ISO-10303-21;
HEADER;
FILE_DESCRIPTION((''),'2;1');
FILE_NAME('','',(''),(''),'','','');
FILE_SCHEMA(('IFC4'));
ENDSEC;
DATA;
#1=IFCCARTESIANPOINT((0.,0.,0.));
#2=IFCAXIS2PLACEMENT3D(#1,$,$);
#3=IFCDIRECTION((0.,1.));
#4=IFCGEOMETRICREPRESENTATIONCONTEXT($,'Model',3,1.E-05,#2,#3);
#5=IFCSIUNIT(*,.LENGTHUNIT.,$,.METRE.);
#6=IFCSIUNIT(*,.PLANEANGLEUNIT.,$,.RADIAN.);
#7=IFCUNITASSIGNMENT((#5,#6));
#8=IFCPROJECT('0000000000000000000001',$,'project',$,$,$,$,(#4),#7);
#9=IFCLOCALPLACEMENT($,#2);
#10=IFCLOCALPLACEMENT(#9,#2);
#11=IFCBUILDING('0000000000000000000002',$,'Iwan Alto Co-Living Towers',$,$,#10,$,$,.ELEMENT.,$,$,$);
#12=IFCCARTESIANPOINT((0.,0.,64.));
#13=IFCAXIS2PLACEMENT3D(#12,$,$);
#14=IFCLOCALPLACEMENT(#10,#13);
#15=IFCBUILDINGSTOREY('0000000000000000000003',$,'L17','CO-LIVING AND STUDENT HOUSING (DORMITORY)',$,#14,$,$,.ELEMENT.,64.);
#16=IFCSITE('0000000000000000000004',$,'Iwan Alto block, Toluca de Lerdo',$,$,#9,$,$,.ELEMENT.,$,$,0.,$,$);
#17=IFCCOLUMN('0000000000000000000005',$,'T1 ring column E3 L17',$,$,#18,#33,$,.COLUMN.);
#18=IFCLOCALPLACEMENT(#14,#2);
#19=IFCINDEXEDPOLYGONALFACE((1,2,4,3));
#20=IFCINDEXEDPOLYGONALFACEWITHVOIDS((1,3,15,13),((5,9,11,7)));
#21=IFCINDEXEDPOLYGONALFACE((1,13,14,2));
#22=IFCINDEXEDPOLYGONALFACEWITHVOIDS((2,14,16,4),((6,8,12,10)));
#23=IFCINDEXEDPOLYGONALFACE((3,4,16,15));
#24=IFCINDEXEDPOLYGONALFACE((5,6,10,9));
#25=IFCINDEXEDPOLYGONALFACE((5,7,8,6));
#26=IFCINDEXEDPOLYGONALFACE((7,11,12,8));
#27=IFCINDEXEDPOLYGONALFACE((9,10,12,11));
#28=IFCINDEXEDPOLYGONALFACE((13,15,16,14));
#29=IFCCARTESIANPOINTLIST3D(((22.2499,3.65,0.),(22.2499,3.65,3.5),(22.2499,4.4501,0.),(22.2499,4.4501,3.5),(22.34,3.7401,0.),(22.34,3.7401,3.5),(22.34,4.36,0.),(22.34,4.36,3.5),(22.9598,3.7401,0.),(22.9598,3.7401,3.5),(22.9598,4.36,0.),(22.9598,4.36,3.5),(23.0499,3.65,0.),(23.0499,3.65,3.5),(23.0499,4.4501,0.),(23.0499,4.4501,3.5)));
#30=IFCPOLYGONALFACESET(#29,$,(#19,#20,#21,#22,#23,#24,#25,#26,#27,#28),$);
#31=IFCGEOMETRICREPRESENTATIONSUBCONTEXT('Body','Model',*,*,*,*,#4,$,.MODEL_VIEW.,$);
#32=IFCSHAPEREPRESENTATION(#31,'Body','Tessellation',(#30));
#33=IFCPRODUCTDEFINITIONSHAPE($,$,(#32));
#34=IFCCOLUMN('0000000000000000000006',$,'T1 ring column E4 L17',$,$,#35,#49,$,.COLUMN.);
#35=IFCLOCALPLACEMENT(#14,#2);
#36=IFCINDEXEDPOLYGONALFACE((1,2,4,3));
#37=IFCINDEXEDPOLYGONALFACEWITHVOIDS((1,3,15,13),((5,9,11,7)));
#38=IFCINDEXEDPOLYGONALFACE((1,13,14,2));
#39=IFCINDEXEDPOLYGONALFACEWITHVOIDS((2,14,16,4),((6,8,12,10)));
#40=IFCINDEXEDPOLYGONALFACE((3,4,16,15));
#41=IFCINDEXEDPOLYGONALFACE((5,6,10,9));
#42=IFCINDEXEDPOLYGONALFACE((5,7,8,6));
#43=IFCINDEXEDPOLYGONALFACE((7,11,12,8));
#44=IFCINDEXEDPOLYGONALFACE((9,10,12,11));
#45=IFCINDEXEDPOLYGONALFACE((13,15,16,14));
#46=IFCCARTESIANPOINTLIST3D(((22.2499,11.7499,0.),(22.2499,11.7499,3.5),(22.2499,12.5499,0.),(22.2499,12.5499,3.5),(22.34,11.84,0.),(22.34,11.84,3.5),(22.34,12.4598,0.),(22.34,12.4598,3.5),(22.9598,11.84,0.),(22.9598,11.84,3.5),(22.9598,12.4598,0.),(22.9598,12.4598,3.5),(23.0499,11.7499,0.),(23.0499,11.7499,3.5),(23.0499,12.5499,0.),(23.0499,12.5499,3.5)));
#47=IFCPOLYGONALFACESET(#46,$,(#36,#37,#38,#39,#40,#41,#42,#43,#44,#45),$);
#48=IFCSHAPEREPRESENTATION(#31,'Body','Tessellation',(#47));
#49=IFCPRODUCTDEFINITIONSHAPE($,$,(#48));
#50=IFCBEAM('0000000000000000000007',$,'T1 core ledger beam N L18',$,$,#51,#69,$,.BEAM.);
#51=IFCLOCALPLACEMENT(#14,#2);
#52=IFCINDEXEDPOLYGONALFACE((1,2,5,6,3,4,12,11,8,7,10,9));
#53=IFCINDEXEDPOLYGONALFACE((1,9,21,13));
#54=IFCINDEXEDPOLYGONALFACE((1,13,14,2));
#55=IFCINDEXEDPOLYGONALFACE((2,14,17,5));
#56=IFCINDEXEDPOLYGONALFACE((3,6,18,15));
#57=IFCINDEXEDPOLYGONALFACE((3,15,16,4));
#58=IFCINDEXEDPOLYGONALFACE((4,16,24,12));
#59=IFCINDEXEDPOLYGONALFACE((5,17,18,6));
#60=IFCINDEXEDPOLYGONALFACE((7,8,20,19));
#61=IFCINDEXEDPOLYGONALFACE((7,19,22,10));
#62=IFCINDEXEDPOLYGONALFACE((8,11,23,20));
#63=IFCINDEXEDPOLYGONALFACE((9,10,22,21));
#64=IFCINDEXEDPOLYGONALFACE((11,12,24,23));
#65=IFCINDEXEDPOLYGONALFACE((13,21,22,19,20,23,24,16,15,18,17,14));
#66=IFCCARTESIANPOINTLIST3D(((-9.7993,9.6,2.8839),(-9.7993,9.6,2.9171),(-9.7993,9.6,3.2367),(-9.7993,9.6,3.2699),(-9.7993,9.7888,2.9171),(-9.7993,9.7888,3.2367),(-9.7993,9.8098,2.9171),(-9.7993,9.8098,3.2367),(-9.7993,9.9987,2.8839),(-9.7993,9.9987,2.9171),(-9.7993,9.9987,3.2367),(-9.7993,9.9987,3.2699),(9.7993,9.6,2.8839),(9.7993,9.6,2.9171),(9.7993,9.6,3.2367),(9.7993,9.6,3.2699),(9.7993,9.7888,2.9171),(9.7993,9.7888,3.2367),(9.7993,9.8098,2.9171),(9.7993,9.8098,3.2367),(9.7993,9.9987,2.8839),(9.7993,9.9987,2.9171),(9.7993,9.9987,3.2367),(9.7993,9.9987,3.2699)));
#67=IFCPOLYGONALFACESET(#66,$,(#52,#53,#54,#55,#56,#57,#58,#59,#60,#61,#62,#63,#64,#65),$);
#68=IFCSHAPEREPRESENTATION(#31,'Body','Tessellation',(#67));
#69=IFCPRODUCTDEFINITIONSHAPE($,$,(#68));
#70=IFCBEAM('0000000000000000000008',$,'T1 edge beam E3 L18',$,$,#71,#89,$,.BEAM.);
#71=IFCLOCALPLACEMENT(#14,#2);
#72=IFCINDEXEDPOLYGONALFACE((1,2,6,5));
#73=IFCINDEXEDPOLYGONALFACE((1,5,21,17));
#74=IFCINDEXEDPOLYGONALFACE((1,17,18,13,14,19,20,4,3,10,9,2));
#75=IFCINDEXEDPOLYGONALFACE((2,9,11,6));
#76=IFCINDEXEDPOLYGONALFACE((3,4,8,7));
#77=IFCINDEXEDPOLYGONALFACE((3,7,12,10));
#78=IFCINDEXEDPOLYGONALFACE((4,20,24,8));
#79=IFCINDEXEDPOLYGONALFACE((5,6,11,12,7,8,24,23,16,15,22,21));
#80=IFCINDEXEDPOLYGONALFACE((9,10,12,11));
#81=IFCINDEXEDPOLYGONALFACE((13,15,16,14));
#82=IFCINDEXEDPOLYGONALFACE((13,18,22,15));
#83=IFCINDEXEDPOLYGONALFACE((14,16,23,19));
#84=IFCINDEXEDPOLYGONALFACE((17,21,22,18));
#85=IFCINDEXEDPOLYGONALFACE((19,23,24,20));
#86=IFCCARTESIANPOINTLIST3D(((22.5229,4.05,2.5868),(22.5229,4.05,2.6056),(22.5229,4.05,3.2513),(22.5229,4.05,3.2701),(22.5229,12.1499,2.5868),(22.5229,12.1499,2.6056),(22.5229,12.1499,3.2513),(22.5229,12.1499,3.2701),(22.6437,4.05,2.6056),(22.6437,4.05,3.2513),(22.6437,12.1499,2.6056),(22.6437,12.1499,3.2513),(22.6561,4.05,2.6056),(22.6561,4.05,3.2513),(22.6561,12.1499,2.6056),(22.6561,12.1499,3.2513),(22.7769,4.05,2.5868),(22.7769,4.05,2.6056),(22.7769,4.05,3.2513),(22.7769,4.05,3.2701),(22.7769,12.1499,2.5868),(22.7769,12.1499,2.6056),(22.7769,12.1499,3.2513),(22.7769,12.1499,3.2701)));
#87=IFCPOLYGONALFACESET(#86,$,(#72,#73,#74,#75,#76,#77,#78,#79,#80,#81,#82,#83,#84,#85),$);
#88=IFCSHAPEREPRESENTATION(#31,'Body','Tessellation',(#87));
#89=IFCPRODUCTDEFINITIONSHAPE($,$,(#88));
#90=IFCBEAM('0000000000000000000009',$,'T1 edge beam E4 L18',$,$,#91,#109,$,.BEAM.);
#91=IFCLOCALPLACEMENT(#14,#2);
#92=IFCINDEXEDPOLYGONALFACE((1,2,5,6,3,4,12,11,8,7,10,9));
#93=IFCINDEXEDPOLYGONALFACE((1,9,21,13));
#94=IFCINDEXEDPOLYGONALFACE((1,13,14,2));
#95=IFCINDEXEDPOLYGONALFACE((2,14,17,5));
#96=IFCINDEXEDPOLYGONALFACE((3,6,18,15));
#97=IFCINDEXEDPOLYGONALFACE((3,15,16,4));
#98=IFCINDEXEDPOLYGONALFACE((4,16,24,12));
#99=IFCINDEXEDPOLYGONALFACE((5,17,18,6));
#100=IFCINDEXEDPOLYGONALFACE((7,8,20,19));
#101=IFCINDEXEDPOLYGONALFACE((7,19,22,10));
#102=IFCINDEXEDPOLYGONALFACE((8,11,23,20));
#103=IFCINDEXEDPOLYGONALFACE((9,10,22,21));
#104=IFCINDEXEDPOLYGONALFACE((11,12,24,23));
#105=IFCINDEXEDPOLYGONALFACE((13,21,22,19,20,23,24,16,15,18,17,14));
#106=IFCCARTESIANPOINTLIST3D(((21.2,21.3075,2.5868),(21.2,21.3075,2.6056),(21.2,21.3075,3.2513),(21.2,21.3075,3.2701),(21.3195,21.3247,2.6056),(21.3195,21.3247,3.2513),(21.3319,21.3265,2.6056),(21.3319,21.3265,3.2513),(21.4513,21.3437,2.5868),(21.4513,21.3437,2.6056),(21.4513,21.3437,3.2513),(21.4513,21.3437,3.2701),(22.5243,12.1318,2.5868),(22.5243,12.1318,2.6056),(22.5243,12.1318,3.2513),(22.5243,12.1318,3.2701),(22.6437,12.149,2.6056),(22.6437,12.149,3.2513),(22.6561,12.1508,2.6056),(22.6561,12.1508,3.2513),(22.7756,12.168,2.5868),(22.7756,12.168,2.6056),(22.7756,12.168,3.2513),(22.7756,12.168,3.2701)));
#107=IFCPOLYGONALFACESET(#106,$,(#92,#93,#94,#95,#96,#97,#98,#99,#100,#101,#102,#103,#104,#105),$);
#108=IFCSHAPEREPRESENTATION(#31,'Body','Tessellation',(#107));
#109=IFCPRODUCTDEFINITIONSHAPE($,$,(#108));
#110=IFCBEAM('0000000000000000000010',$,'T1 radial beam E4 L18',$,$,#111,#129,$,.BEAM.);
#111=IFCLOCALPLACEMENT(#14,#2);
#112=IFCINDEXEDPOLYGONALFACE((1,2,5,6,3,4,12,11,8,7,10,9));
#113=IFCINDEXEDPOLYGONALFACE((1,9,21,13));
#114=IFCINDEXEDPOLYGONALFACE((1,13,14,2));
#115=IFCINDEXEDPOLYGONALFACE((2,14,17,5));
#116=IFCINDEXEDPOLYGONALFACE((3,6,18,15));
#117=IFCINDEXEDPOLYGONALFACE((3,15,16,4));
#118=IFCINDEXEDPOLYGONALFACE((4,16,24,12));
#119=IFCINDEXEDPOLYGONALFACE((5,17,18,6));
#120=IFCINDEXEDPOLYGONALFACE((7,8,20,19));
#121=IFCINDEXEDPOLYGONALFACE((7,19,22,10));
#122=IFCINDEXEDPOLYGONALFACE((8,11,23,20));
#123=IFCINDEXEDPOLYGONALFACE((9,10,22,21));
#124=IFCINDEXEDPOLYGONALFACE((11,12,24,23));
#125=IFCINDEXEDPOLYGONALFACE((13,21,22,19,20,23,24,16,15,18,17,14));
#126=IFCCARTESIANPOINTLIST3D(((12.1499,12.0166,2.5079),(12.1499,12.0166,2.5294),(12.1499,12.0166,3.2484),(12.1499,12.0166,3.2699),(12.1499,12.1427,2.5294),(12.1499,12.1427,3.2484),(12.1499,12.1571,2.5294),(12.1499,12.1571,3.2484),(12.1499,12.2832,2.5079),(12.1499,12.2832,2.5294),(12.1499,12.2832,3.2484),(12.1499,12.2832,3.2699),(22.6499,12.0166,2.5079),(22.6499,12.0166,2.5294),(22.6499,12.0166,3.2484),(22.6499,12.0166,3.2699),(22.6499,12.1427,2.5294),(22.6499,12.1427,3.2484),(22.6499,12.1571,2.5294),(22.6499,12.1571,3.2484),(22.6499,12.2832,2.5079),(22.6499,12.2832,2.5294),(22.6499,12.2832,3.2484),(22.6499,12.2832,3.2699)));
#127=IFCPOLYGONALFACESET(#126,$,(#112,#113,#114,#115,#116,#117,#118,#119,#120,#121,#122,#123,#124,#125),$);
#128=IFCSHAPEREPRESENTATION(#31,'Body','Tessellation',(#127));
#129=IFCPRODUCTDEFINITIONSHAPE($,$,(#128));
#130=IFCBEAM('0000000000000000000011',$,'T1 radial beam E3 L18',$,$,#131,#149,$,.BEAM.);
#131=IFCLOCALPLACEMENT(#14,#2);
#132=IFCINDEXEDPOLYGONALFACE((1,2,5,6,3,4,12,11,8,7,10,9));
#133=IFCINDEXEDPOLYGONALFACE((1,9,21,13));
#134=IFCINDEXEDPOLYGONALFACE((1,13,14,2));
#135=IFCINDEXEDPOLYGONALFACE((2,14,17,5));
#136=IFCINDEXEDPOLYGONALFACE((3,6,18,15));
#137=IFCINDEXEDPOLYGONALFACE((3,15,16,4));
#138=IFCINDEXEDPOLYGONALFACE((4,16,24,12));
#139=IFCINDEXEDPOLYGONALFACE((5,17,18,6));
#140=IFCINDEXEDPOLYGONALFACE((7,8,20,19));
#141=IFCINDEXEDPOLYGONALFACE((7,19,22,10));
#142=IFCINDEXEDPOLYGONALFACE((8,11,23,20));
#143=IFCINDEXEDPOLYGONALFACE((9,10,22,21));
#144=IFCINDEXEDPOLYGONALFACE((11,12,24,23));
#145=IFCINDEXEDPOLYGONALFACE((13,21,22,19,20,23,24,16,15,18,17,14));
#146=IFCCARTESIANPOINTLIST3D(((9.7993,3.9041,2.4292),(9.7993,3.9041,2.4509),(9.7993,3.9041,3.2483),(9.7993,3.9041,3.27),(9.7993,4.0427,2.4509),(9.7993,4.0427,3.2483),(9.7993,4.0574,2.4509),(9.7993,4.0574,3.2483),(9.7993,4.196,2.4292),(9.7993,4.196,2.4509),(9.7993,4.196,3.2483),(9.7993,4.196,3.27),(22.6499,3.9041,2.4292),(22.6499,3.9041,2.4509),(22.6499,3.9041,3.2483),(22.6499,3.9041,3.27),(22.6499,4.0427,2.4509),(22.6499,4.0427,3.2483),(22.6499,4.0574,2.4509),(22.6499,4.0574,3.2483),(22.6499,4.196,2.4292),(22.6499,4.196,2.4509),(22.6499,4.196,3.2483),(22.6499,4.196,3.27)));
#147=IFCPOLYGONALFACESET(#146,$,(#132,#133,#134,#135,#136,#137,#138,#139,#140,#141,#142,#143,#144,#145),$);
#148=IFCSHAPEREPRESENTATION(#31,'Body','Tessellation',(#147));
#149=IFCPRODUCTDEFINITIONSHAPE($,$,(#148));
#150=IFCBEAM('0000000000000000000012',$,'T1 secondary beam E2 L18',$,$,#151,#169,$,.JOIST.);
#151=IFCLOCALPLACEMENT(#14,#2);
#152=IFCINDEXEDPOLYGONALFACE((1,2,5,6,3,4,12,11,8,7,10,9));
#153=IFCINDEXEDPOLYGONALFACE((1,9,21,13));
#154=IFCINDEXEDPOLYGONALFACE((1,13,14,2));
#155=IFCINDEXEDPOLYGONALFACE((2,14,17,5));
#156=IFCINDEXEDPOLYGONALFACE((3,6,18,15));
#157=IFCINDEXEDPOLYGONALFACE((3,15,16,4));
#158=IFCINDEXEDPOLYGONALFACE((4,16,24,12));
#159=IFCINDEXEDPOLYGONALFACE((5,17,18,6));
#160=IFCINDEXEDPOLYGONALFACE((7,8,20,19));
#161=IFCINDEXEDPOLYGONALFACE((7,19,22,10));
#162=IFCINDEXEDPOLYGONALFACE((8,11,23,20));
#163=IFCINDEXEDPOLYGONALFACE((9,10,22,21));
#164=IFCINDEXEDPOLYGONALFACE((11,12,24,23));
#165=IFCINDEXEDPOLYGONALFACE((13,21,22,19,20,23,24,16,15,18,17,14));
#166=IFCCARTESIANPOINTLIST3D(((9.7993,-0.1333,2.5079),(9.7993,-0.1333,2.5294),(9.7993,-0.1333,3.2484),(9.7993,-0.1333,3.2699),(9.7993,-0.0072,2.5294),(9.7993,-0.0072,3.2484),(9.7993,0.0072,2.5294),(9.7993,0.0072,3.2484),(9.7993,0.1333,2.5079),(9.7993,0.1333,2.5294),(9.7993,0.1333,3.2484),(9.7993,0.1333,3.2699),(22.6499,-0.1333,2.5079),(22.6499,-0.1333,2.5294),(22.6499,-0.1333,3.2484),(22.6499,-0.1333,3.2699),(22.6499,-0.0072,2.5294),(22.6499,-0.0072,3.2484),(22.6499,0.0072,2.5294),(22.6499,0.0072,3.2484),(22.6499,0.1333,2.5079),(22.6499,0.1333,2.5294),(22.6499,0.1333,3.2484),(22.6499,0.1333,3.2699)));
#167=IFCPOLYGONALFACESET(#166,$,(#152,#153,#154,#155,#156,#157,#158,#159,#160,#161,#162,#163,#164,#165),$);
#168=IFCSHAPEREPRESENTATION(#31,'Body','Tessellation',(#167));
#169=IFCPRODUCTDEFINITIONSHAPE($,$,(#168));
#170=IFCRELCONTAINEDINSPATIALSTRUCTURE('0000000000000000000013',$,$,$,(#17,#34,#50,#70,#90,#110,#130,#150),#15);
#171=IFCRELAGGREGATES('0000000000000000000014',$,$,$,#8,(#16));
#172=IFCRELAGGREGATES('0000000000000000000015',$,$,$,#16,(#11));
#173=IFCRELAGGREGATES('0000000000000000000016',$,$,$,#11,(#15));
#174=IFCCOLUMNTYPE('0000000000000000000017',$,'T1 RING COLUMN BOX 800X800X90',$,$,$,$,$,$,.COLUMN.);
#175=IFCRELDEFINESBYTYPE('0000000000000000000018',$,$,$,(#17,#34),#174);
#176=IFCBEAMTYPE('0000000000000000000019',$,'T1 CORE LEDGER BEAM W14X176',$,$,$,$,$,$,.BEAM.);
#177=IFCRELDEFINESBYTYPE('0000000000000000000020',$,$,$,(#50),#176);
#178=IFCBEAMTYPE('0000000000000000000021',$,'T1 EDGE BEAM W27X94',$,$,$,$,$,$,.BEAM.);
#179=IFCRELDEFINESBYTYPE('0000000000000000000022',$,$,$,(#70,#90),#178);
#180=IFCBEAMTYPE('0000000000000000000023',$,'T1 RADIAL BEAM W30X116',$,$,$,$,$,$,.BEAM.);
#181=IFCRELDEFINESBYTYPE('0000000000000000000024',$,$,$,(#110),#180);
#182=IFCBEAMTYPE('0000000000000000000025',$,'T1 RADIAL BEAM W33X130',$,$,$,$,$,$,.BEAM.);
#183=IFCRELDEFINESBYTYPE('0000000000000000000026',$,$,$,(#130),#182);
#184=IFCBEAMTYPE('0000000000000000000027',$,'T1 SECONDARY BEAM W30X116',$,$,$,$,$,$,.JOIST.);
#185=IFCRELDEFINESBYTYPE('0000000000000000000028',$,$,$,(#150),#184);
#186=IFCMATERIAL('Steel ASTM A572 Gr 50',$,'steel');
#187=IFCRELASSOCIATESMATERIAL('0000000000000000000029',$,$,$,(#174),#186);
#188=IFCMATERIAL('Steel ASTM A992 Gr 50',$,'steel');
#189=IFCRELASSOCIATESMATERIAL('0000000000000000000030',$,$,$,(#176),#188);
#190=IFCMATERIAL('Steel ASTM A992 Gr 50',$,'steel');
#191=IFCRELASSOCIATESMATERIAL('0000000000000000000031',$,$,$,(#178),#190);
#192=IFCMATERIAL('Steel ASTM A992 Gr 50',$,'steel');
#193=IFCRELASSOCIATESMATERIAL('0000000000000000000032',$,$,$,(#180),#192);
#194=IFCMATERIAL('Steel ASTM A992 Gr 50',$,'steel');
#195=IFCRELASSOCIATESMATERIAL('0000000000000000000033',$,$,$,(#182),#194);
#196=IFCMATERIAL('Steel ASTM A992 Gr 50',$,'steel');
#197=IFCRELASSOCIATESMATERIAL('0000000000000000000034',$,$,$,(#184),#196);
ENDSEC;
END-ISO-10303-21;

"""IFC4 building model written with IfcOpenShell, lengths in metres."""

from ifc_helpers import new_model, si_unit, direction, frame, origin, origin_2d, place, context, subcontext, project, spatial, hollow_rectangle, i_section, extrude, material, material_profile, profile_set, type_object, element, save


model = new_model("IFC4")

# Units and contexts
model_context = context("Model", 3, precision=1e-05, world=origin(), true_north=direction((0.0, 1.0)))
body_context = subcontext(model_context, "Body", "Model", "MODEL_VIEW")
ifc_project = project(units=[si_unit("LENGTHUNIT", "METRE"), si_unit("PLANEANGLEUNIT", "RADIAN")], contexts=[model_context])

# Site, building, storey
site_placement = place(None, origin())
site = spatial("IfcSite", under=ifc_project, at=site_placement, Name="Iwan Alto block, Toluca de Lerdo", CompositionType="ELEMENT", RefElevation=0.0)
building_placement = place(site_placement, origin())
building = spatial("IfcBuilding", under=site, at=building_placement, Name="Iwan Alto Co-Living Towers", CompositionType="ELEMENT")
storey_placement = place(building_placement, frame((0.0, 0.0, 64.0)))
storey = spatial("IfcBuildingStorey", under=building, at=storey_placement, Name="L17", Description="CO-LIVING AND STUDENT HOUSING (DORMITORY)", CompositionType="ELEMENT", Elevation=64.0)

# Columns
ifc_material_1 = material(Name="Steel ASTM A572 Gr 50", Category="steel")
ifc_material_profile_1 = material_profile(ifc_material_1, hollow_rectangle(XDim=0.8, YDim=0.8, WallThickness=0.0901, at=origin_2d()), Name="BOX 800X800X90")
ifc_profile_set_1 = profile_set([ifc_material_profile_1], Name="Steel ASTM A572 Gr 50")
column_type = type_object("IfcColumnType", Name="T1 RING COLUMN BOX 800X800X90", PredefinedType="COLUMN", material=ifc_profile_set_1)
for number, where, z_axis, x_axis, name in (
    (1, (22.6499, 4.05, 0.0), (0.0, 0.0, 1.0), (1.0, 0.0, 0.0), "T1 ring column E3 L17"),
    (2, (22.6499, 12.1499, 0.0), (0.0, 0.0, 1.0), (1.0, 0.0, 0.0), "T1 ring column E4 L17"),
):
    element("IfcColumn", number, at=place(storey_placement, frame(where, z_axis=z_axis, x_axis=x_axis)), inside=storey, type_object=column_type, Name=name, PredefinedType="COLUMN", context=body_context, shape_type="SweptSolid", body=[
        extrude(hollow_rectangle(XDim=0.8, YDim=0.8, WallThickness=0.0901, at=origin_2d()), origin(), (0.0, 0.0, 1.0), 3.5),
    ])

# Beams
ifc_material_2 = material(Name="Steel ASTM A992 Gr 50", Category="steel")
ifc_material_profile_2 = material_profile(ifc_material_2, i_section(OverallWidth=0.3987, OverallDepth=0.386, WebThickness=0.021, FlangeThickness=0.0332, at=origin_2d()), Name="W14X176")
ifc_profile_set_2 = profile_set([ifc_material_profile_2], Name="Steel ASTM A992 Gr 50")
beam_type_1 = type_object("IfcBeamType", Name="T1 CORE LEDGER BEAM W14X176", PredefinedType="BEAM", material=ifc_profile_set_2)
beam_1_placement = place(storey_placement, frame((9.7993, 9.7993, 3.0769), z_axis=(-1.0, 0.0, 0.0), x_axis=(0.0, -1.0, 0.0)))
element("IfcBeam", 3, at=beam_1_placement, inside=storey, type_object=beam_type_1, Name="T1 core ledger beam N L18", PredefinedType="BEAM", context=body_context, shape_type="SweptSolid", body=[
    extrude(i_section(OverallWidth=0.3987, OverallDepth=0.386, WebThickness=0.021, FlangeThickness=0.0332, at=origin_2d()), origin(), (0.0, 0.0, 1.0), 19.5986),
])
ifc_material_3 = material(Name="Steel ASTM A992 Gr 50", Category="steel")
ifc_material_profile_3 = material_profile(ifc_material_3, i_section(OverallWidth=0.2539, OverallDepth=0.6833, WebThickness=0.0125, FlangeThickness=0.0188, at=origin_2d()), Name="W27X94")
ifc_profile_set_3 = profile_set([ifc_material_profile_3], Name="Steel ASTM A992 Gr 50")
beam_type_2 = type_object("IfcBeamType", Name="T1 EDGE BEAM W27X94", PredefinedType="BEAM", material=ifc_profile_set_3)
beam_2_placement = place(storey_placement, frame((22.6499, 4.05, 2.9285), z_axis=(0.0, 1.0, 0.0), x_axis=(-1.0, 0.0, 0.0)))
element("IfcBeam", 4, at=beam_2_placement, inside=storey, type_object=beam_type_2, Name="T1 edge beam E3 L18", PredefinedType="BEAM", context=body_context, shape_type="SweptSolid", body=[
    extrude(i_section(OverallWidth=0.2539, OverallDepth=0.6833, WebThickness=0.0125, FlangeThickness=0.0188, at=origin_2d()), origin(), (0.0, 0.0, 1.0), 8.0999),
])
beam_3_placement = place(storey_placement, frame((22.6499, 12.1499, 2.9285), z_axis=(-0.142837, 0.989746, 0.0), x_axis=(-0.989746, -0.142837, 0.0)))
element("IfcBeam", 5, at=beam_3_placement, inside=storey, type_object=beam_type_2, Name="T1 edge beam E4 L18", PredefinedType="BEAM", context=body_context, shape_type="SweptSolid", body=[
    extrude(i_section(OverallWidth=0.2539, OverallDepth=0.6833, WebThickness=0.0125, FlangeThickness=0.0188, at=origin_2d()), origin(), (0.0, 0.0, 1.0), 9.2708),
])
ifc_material_4 = material(Name="Steel ASTM A992 Gr 50", Category="steel")
ifc_material_profile_4 = material_profile(ifc_material_4, i_section(OverallWidth=0.2666, OverallDepth=0.762, WebThickness=0.0144, FlangeThickness=0.0215, at=origin_2d()), Name="W30X116")
ifc_profile_set_4 = profile_set([ifc_material_profile_4], Name="Steel ASTM A992 Gr 50")
beam_type_3 = type_object("IfcBeamType", Name="T1 RADIAL BEAM W30X116", PredefinedType="BEAM", material=ifc_profile_set_4)
beam_4_placement = place(storey_placement, frame((22.6499, 12.1499, 2.8889), z_axis=(-1.0, 0.0, 0.0), x_axis=(0.0, -1.0, 0.0)))
element("IfcBeam", 6, at=beam_4_placement, inside=storey, type_object=beam_type_3, Name="T1 radial beam E4 L18", PredefinedType="BEAM", context=body_context, shape_type="SweptSolid", body=[
    extrude(i_section(OverallWidth=0.2666, OverallDepth=0.762, WebThickness=0.0144, FlangeThickness=0.0215, at=origin_2d()), origin(), (0.0, 0.0, 1.0), 10.5),
])
ifc_material_5 = material(Name="Steel ASTM A992 Gr 50", Category="steel")
ifc_material_profile_5 = material_profile(ifc_material_5, i_section(OverallWidth=0.292, OverallDepth=0.8408, WebThickness=0.0146, FlangeThickness=0.0217, at=origin_2d()), Name="W33X130")
ifc_profile_set_5 = profile_set([ifc_material_profile_5], Name="Steel ASTM A992 Gr 50")
beam_type_4 = type_object("IfcBeamType", Name="T1 RADIAL BEAM W33X130", PredefinedType="BEAM", material=ifc_profile_set_5)
beam_5_placement = place(storey_placement, frame((22.6499, 4.05, 2.8496), z_axis=(-1.0, 0.0, 0.0), x_axis=(0.0, -1.0, 0.0)))
element("IfcBeam", 7, at=beam_5_placement, inside=storey, type_object=beam_type_4, Name="T1 radial beam E3 L18", PredefinedType="BEAM", context=body_context, shape_type="SweptSolid", body=[
    extrude(i_section(OverallWidth=0.292, OverallDepth=0.8408, WebThickness=0.0146, FlangeThickness=0.0217, at=origin_2d()), origin(), (0.0, 0.0, 1.0), 12.8506),
])
ifc_material_6 = material(Name="Steel ASTM A992 Gr 50", Category="steel")
ifc_material_profile_6 = material_profile(ifc_material_6, i_section(OverallWidth=0.2666, OverallDepth=0.762, WebThickness=0.0144, FlangeThickness=0.0215, at=origin_2d()), Name="W30X116")
ifc_profile_set_6 = profile_set([ifc_material_profile_6], Name="Steel ASTM A992 Gr 50")
beam_type_5 = type_object("IfcBeamType", Name="T1 SECONDARY BEAM W30X116", PredefinedType="JOIST", material=ifc_profile_set_6)
for number, where, z_axis, x_axis, name in (
    (8, (22.6499, 0.0, 2.8889), (-1.0, 0.0, 0.0), (0.0, -1.0, 0.0), "T1 secondary beam E2 L18"),
):
    element("IfcBeam", number, at=place(storey_placement, frame(where, z_axis=z_axis, x_axis=x_axis)), inside=storey, type_object=beam_type_5, Name=name, PredefinedType="JOIST", context=body_context, shape_type="SweptSolid", body=[
        extrude(i_section(OverallWidth=0.2666, OverallDepth=0.762, WebThickness=0.0144, FlangeThickness=0.0215, at=origin_2d()), origin(), (0.0, 0.0, 1.0), 12.8506),
    ])

save(model, "model.ifc")
